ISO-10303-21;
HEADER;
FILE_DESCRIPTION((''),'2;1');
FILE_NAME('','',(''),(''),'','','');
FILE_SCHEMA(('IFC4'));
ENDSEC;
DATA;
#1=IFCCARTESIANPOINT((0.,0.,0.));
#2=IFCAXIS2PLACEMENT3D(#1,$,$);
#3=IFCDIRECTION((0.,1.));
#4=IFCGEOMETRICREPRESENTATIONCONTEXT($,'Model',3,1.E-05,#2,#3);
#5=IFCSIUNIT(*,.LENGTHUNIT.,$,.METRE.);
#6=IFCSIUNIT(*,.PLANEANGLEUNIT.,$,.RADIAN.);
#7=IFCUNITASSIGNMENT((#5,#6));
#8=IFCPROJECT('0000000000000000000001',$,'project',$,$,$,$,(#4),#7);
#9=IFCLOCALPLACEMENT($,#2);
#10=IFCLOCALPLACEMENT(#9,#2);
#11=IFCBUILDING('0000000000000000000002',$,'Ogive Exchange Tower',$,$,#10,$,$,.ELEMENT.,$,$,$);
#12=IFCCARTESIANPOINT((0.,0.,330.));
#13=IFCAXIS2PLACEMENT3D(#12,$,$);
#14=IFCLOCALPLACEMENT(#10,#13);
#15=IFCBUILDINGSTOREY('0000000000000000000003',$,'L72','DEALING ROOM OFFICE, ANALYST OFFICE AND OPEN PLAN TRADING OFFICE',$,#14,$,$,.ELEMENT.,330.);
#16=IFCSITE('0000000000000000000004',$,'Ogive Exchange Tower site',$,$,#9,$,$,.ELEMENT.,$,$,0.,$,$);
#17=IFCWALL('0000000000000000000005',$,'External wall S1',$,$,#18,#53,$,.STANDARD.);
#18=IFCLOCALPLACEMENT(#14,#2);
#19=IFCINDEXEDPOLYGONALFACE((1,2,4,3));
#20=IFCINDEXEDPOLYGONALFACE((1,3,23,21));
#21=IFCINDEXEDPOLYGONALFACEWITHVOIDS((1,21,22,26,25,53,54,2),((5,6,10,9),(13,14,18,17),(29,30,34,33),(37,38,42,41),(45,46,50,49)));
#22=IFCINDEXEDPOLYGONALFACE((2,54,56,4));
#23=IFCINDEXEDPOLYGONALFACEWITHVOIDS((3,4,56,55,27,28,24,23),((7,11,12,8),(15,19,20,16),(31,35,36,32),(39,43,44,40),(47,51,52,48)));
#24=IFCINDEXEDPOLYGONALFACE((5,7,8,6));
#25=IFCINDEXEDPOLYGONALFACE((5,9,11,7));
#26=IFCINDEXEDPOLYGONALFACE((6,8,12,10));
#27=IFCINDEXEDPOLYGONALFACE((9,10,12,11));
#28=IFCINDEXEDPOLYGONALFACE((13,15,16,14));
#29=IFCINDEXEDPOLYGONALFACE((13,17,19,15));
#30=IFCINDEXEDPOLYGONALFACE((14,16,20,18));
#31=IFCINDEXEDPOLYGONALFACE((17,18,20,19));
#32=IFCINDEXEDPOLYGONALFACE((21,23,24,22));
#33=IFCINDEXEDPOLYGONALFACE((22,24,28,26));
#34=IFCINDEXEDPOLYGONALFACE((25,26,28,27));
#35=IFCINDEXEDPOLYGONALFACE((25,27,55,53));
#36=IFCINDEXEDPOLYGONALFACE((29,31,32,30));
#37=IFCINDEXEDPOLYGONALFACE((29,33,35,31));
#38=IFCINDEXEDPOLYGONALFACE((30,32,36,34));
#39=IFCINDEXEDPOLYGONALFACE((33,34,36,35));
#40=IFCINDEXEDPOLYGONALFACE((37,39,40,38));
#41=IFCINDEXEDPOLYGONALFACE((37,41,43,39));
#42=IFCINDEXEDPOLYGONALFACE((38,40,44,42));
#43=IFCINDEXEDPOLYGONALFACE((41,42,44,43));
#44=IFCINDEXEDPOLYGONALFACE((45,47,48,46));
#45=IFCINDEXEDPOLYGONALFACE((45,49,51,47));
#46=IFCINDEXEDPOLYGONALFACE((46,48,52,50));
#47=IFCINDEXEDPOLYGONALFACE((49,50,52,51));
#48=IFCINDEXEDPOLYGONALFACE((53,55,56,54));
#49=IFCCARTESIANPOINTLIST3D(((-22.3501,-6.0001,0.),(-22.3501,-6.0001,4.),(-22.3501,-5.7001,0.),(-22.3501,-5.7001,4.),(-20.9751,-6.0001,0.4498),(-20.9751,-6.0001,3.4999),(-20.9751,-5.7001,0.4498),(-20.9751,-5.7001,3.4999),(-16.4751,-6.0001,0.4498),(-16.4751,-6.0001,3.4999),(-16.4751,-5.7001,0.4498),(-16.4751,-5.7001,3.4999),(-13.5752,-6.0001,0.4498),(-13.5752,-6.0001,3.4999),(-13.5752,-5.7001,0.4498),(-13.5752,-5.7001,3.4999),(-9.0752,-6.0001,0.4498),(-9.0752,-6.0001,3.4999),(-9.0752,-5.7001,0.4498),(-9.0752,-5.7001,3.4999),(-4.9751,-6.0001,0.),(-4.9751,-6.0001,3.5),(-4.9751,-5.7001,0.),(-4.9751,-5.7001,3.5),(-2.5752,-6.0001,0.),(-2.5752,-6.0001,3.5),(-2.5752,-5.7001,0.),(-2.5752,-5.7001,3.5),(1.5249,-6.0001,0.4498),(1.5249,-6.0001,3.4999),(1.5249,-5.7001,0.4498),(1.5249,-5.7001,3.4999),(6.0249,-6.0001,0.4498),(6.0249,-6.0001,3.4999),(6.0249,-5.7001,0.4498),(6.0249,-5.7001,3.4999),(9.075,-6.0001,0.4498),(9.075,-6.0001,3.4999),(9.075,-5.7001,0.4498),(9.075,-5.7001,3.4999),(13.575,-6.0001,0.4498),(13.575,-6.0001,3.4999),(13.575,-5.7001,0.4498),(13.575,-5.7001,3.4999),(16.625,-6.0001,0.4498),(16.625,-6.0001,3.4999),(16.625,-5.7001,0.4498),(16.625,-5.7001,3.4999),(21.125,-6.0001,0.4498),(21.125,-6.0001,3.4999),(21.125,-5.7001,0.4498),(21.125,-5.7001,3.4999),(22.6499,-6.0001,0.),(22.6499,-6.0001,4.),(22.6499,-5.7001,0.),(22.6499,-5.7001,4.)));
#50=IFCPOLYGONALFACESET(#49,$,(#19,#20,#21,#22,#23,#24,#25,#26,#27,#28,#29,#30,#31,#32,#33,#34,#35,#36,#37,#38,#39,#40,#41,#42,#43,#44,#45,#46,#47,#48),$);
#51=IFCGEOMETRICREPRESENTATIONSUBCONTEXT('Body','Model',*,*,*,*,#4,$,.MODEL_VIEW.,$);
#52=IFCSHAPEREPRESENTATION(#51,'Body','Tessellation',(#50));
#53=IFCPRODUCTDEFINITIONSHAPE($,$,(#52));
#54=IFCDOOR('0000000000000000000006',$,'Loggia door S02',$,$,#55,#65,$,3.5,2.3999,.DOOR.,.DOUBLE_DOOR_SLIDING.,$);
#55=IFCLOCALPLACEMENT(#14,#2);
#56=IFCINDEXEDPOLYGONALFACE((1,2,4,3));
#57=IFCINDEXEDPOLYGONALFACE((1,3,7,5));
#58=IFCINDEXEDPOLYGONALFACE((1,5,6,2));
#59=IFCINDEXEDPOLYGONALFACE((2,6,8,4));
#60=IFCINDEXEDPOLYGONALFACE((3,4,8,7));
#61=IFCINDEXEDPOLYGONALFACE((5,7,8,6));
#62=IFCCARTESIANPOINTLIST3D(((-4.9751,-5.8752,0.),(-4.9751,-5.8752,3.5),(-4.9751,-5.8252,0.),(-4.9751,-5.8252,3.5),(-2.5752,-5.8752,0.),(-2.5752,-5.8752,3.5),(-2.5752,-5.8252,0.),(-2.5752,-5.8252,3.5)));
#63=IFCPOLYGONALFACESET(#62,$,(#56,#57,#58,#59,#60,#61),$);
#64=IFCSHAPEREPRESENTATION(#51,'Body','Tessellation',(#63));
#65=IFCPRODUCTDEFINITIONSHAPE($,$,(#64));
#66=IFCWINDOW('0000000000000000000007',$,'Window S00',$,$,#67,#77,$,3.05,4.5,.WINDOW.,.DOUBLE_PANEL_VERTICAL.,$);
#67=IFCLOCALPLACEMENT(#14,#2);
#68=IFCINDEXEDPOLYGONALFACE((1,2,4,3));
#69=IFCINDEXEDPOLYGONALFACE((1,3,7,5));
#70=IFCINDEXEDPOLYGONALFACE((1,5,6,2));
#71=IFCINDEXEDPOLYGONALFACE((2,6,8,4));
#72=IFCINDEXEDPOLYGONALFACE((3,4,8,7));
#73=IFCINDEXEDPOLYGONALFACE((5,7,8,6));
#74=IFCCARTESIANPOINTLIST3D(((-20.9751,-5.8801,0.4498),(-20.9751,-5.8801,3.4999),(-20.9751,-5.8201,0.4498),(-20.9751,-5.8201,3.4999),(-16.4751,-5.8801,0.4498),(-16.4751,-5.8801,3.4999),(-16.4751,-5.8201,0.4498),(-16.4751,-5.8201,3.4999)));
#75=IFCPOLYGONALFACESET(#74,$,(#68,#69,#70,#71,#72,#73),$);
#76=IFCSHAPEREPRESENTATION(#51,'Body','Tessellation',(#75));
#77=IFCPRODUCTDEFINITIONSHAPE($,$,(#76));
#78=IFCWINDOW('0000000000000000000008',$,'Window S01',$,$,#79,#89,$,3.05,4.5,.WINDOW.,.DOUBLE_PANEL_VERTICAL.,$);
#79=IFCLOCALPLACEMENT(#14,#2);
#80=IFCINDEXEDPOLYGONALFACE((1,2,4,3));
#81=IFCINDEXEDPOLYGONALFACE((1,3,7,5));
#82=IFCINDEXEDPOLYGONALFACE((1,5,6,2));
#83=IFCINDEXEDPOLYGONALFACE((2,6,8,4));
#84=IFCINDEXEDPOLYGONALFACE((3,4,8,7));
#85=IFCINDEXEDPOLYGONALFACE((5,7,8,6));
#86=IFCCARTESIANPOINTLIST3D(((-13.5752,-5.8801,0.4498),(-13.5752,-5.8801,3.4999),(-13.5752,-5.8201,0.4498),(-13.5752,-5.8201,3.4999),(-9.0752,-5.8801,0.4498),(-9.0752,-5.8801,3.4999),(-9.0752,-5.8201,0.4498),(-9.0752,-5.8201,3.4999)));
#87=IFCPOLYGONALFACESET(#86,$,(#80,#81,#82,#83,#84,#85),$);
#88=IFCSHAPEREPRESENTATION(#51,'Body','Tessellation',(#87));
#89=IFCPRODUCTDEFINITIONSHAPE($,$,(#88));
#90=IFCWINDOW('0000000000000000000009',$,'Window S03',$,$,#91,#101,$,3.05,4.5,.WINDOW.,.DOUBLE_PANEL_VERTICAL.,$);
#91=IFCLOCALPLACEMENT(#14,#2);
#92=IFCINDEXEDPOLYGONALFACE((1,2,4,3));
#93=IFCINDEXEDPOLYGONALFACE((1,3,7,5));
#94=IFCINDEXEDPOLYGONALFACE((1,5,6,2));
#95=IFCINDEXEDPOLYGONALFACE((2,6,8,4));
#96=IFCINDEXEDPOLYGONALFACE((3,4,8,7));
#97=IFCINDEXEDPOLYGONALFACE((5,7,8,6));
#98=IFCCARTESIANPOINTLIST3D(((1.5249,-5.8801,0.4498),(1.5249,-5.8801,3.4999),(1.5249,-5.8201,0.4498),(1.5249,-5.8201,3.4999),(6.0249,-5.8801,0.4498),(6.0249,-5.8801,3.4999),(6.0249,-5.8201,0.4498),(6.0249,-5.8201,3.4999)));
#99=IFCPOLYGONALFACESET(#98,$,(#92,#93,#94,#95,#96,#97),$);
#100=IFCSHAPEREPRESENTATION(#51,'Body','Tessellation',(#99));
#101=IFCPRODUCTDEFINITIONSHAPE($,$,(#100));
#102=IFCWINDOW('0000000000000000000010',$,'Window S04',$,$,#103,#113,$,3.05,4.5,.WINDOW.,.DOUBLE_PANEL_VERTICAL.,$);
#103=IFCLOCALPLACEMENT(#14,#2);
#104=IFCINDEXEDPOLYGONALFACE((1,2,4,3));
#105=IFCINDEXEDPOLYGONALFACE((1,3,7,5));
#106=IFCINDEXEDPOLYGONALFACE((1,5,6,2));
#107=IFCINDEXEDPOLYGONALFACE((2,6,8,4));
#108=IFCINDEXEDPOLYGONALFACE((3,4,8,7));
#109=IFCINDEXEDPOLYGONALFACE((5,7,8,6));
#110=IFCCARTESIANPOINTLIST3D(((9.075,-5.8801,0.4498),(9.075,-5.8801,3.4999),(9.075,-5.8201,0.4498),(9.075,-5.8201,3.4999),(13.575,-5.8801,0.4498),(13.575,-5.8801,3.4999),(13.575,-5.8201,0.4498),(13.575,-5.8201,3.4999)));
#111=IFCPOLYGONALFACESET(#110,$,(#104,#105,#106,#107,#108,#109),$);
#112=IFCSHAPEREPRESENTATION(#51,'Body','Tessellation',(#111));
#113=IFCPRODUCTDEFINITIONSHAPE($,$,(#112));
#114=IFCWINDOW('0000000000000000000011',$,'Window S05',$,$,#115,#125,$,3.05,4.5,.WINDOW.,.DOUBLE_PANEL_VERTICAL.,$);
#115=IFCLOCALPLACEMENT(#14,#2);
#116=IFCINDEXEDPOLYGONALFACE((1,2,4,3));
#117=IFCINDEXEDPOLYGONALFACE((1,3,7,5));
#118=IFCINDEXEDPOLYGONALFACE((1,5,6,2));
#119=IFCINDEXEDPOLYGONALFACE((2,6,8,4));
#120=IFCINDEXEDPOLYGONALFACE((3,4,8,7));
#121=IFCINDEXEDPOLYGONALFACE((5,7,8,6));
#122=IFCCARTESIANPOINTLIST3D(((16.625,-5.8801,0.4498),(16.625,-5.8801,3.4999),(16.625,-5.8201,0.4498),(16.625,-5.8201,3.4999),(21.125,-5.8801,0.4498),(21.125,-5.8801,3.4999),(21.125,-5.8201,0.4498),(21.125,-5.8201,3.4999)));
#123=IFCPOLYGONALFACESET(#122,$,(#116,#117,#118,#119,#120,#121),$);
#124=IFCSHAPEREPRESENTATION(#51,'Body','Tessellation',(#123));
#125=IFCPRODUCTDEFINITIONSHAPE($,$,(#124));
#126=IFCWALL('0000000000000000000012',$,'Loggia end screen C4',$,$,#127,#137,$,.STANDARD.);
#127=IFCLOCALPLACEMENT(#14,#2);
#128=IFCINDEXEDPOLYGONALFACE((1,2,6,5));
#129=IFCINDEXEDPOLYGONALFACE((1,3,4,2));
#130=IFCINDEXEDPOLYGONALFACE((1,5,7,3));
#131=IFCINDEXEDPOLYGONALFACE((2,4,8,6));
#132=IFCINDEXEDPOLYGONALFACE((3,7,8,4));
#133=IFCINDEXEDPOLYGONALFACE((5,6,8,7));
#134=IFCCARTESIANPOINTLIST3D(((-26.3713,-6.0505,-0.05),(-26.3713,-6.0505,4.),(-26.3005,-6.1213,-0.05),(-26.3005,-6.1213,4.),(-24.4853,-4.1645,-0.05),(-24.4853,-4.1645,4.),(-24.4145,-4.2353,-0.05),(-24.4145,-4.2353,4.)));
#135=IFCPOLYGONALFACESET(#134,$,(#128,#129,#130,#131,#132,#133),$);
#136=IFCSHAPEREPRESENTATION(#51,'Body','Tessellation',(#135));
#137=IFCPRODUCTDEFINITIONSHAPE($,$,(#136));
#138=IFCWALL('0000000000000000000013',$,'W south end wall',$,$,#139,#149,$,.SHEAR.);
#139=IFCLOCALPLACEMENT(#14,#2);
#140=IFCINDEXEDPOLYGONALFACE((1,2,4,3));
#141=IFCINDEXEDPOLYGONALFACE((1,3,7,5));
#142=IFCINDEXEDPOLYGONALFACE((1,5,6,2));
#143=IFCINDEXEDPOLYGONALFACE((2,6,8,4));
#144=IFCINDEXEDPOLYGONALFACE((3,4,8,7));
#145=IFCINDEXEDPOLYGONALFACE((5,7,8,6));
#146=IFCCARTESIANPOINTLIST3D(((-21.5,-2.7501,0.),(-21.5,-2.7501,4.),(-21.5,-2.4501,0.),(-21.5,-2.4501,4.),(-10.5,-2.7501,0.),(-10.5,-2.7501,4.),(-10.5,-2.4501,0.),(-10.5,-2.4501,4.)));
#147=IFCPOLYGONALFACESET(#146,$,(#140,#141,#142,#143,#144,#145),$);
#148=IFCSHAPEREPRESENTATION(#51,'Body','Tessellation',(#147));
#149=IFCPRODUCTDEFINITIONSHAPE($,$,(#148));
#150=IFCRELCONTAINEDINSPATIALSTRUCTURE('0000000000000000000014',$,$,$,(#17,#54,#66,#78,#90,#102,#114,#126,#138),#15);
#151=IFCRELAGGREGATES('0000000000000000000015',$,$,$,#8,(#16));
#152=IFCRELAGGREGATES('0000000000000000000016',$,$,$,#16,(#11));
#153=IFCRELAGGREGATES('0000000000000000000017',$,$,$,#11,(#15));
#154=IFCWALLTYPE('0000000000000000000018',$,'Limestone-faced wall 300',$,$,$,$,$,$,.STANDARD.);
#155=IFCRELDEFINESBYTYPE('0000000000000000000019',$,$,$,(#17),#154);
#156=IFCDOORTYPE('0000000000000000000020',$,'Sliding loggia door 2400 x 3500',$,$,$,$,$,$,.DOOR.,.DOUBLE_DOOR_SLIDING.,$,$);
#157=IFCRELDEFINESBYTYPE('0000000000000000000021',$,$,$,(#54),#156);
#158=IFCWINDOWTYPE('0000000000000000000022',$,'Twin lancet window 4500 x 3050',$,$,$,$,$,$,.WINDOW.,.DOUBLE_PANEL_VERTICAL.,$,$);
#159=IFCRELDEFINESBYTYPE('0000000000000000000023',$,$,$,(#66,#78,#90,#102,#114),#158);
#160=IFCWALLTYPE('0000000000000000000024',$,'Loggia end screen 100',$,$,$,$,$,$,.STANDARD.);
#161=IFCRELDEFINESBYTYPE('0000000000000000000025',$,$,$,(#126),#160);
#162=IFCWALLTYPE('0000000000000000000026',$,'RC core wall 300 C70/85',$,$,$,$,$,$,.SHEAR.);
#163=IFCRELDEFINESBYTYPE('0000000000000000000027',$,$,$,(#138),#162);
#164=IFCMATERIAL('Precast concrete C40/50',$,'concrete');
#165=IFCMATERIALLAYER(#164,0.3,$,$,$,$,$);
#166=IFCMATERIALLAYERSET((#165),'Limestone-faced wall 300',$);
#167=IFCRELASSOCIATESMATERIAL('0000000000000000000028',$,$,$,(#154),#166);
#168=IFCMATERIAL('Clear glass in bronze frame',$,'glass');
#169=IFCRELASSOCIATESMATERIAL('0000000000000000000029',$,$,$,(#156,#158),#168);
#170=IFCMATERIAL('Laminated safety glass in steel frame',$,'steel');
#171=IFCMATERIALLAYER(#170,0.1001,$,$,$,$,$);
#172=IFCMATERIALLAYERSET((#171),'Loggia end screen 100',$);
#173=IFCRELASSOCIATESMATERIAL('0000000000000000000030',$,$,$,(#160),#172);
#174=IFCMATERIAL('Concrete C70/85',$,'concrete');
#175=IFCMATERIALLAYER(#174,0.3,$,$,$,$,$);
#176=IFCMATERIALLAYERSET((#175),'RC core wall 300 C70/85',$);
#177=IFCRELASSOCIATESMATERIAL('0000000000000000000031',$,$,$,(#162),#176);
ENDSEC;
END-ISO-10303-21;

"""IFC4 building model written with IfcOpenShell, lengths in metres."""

from ifc_helpers import new_model, si_unit, direction, frame, frame_2d, origin, place, context, subcontext, project, spatial, rectangle, extrude, material, layer, layer_set, type_object, element, fill, save


model = new_model("IFC4")

# Units and contexts
model_context = context("Model", 3, precision=1e-05, world=origin(), true_north=direction((0.0, 1.0)))
body_context = subcontext(model_context, "Body", "Model", "MODEL_VIEW")
ifc_project = project(units=[si_unit("LENGTHUNIT", "METRE"), si_unit("PLANEANGLEUNIT", "RADIAN")], contexts=[model_context])

# Site, building, storey
site_placement = place(None, origin())
site = spatial("IfcSite", under=ifc_project, at=site_placement, Name="Ogive Exchange Tower site", CompositionType="ELEMENT", RefElevation=0.0)
building_placement = place(site_placement, origin())
building = spatial("IfcBuilding", under=site, at=building_placement, Name="Ogive Exchange Tower", CompositionType="ELEMENT")
storey_placement = place(building_placement, frame((0.0, 0.0, 330.0)))
storey = spatial("IfcBuildingStorey", under=building, at=storey_placement, Name="L72", Description="DEALING ROOM OFFICE, ANALYST OFFICE AND OPEN PLAN TRADING OFFICE", CompositionType="ELEMENT", Elevation=330.0)

# Wall, openings, door, windows
ifc_material_1 = material(Name="Precast concrete C40/50", Category="concrete")
ifc_layer_1 = layer(ifc_material_1, 0.3)
ifc_layer_set_1 = layer_set([ifc_layer_1], Name="Limestone-faced wall 300")
wall_type_1 = type_object("IfcWallType", Name="Limestone-faced wall 300", PredefinedType="STANDARD", material=ifc_layer_set_1)
wall_1_placement = place(storey_placement, frame((-22.3501, -5.8501, 0.0), z_axis=(0.0, 0.0, 1.0), x_axis=(1.0, 0.0, 0.0)))
wall_1 = element("IfcWall", 1, at=wall_1_placement, inside=storey, type_object=wall_type_1, Name="External wall S1", PredefinedType="STANDARD", context=body_context, shape_type="SweptSolid", body=[
    extrude(rectangle(XDim=45.0, YDim=0.3, at=frame_2d((22.5, 0.0))), origin(), (0.0, 0.0, 1.0), 4.0),
])
opening_1_placement = place(wall_1_placement, frame((1.375, 0.0, 0.45)))
opening_1 = element("IfcOpeningElement", 2, at=opening_1_placement, cuts=wall_1, PredefinedType="OPENING", context=body_context, shape_type="SweptSolid", body=[
    extrude(rectangle(XDim=4.5, YDim=3.05, at=frame_2d((2.25, 1.5249))), frame((0.0, 0.1599, 0.0), z_axis=(0.0, -1.0, 0.0), x_axis=(1.0, 0.0, 0.0)), (0.0, 0.0, 1.0), 0.3201),
])
opening_2_placement = place(wall_1_placement, frame((8.7749, 0.0, 0.45)))
opening_2 = element("IfcOpeningElement", 3, at=opening_2_placement, cuts=wall_1, PredefinedType="OPENING", context=body_context, shape_type="SweptSolid", body=[
    extrude(rectangle(XDim=4.5, YDim=3.05, at=frame_2d((2.25, 1.5249))), frame((0.0, 0.1599, 0.0), z_axis=(0.0, -1.0, 0.0), x_axis=(1.0, 0.0, 0.0)), (0.0, 0.0, 1.0), 0.3201),
])
opening_3_placement = place(wall_1_placement, frame((17.375, 0.0, 0.0)))
opening_3 = element("IfcOpeningElement", 4, at=opening_3_placement, cuts=wall_1, PredefinedType="OPENING", context=body_context, shape_type="SweptSolid", body=[
    extrude(rectangle(XDim=2.3999, YDim=3.5, at=frame_2d((1.2, 1.75))), frame((0.0, 0.1599, 0.0), z_axis=(0.0, -1.0, 0.0), x_axis=(1.0, 0.0, 0.0)), (0.0, 0.0, 1.0), 0.3201),
])
opening_4_placement = place(wall_1_placement, frame((23.875, 0.0, 0.45)))
opening_4 = element("IfcOpeningElement", 5, at=opening_4_placement, cuts=wall_1, PredefinedType="OPENING", context=body_context, shape_type="SweptSolid", body=[
    extrude(rectangle(XDim=4.5, YDim=3.05, at=frame_2d((2.25, 1.5249))), frame((0.0, 0.1599, 0.0), z_axis=(0.0, -1.0, 0.0), x_axis=(1.0, 0.0, 0.0)), (0.0, 0.0, 1.0), 0.3201),
])
opening_5_placement = place(wall_1_placement, frame((31.425, 0.0, 0.45)))
opening_5 = element("IfcOpeningElement", 6, at=opening_5_placement, cuts=wall_1, PredefinedType="OPENING", context=body_context, shape_type="SweptSolid", body=[
    extrude(rectangle(XDim=4.5, YDim=3.05, at=frame_2d((2.25, 1.5249))), frame((0.0, 0.1599, 0.0), z_axis=(0.0, -1.0, 0.0), x_axis=(1.0, 0.0, 0.0)), (0.0, 0.0, 1.0), 0.3201),
])
opening_6_placement = place(wall_1_placement, frame((38.9751, 0.0, 0.45)))
opening_6 = element("IfcOpeningElement", 7, at=opening_6_placement, cuts=wall_1, PredefinedType="OPENING", context=body_context, shape_type="SweptSolid", body=[
    extrude(rectangle(XDim=4.5, YDim=3.05, at=frame_2d((2.25, 1.5249))), frame((0.0, 0.1599, 0.0), z_axis=(0.0, -1.0, 0.0), x_axis=(1.0, 0.0, 0.0)), (0.0, 0.0, 1.0), 0.3201),
])
ifc_material_2 = material(Name="Clear glass in bronze frame", Category="glass")
door_type_1 = type_object("IfcDoorType", Name="Sliding loggia door 2400 x 3500", OperationType="DOUBLE_DOOR_SLIDING", PredefinedType="DOOR", material=ifc_material_2)
door_1_placement = place(opening_3_placement, origin())
door_1 = element("IfcDoor", 8, at=door_1_placement, inside=storey, type_object=door_type_1, Name="Loggia door S02", OperationType="DOUBLE_DOOR_SLIDING", OverallHeight=3.5, OverallWidth=2.3999, PredefinedType="DOOR", context=body_context, shape_type="SweptSolid", body=[
    extrude(rectangle(XDim=2.3999, YDim=3.5, at=frame_2d((1.2, 1.75))), frame((0.0, 0.0249, 0.0), z_axis=(0.0, -1.0, 0.0), x_axis=(1.0, 0.0, 0.0)), (0.0, 0.0, 1.0), 0.05),
])
fill(opening_3, door_1)
window_type = type_object("IfcWindowType", Name="Twin lancet window 4500 x 3050", PartitioningType="DOUBLE_PANEL_VERTICAL", PredefinedType="WINDOW", material=ifc_material_2)
window_1_placement = place(opening_1_placement, origin())
window_1 = element("IfcWindow", 9, at=window_1_placement, inside=storey, type_object=window_type, Name="Window S00", OverallHeight=3.05, OverallWidth=4.5, PartitioningType="DOUBLE_PANEL_VERTICAL", PredefinedType="WINDOW", context=body_context, shape_type="SweptSolid", body=[
    extrude(rectangle(XDim=4.5, YDim=3.05, at=frame_2d((2.25, 1.5249))), frame((0.0, 0.03, 0.0), z_axis=(0.0, -1.0, 0.0), x_axis=(1.0, 0.0, 0.0)), (0.0, 0.0, 1.0), 0.0601),
])
fill(opening_1, window_1)
window_2_placement = place(opening_2_placement, origin())
window_2 = element("IfcWindow", 10, at=window_2_placement, inside=storey, type_object=window_type, Name="Window S01", OverallHeight=3.05, OverallWidth=4.5, PartitioningType="DOUBLE_PANEL_VERTICAL", PredefinedType="WINDOW", context=body_context, shape_type="SweptSolid", body=[
    extrude(rectangle(XDim=4.5, YDim=3.05, at=frame_2d((2.25, 1.5249))), frame((0.0, 0.03, 0.0), z_axis=(0.0, -1.0, 0.0), x_axis=(1.0, 0.0, 0.0)), (0.0, 0.0, 1.0), 0.0601),
])
fill(opening_2, window_2)
window_3_placement = place(opening_4_placement, origin())
window_3 = element("IfcWindow", 11, at=window_3_placement, inside=storey, type_object=window_type, Name="Window S03", OverallHeight=3.05, OverallWidth=4.5, PartitioningType="DOUBLE_PANEL_VERTICAL", PredefinedType="WINDOW", context=body_context, shape_type="SweptSolid", body=[
    extrude(rectangle(XDim=4.5, YDim=3.05, at=frame_2d((2.25, 1.5249))), frame((0.0, 0.03, 0.0), z_axis=(0.0, -1.0, 0.0), x_axis=(1.0, 0.0, 0.0)), (0.0, 0.0, 1.0), 0.0601),
])
fill(opening_4, window_3)
window_4_placement = place(opening_5_placement, origin())
window_4 = element("IfcWindow", 12, at=window_4_placement, inside=storey, type_object=window_type, Name="Window S04", OverallHeight=3.05, OverallWidth=4.5, PartitioningType="DOUBLE_PANEL_VERTICAL", PredefinedType="WINDOW", context=body_context, shape_type="SweptSolid", body=[
    extrude(rectangle(XDim=4.5, YDim=3.05, at=frame_2d((2.25, 1.5249))), frame((0.0, 0.03, 0.0), z_axis=(0.0, -1.0, 0.0), x_axis=(1.0, 0.0, 0.0)), (0.0, 0.0, 1.0), 0.0601),
])
fill(opening_5, window_4)
window_5_placement = place(opening_6_placement, origin())
window_5 = element("IfcWindow", 13, at=window_5_placement, inside=storey, type_object=window_type, Name="Window S05", OverallHeight=3.05, OverallWidth=4.5, PartitioningType="DOUBLE_PANEL_VERTICAL", PredefinedType="WINDOW", context=body_context, shape_type="SweptSolid", body=[
    extrude(rectangle(XDim=4.5, YDim=3.05, at=frame_2d((2.25, 1.5249))), frame((0.0, 0.03, 0.0), z_axis=(0.0, -1.0, 0.0), x_axis=(1.0, 0.0, 0.0)), (0.0, 0.0, 1.0), 0.0601),
])
fill(opening_6, window_5)

# Walls
ifc_material_3 = material(Name="Laminated safety glass in steel frame", Category="steel")
ifc_layer_2 = layer(ifc_material_3, 0.1001)
ifc_layer_set_2 = layer_set([ifc_layer_2], Name="Loggia end screen 100")
wall_type_2 = type_object("IfcWallType", Name="Loggia end screen 100", PredefinedType="STANDARD", material=ifc_layer_set_2)
wall_2_placement = place(storey_placement, frame((-24.45, -4.2, -0.05), z_axis=(0.0, 0.0, 1.0), x_axis=(-0.707107, -0.707107, 0.0)))
element("IfcWall", 14, at=wall_2_placement, inside=storey, type_object=wall_type_2, Name="Loggia end screen C4", PredefinedType="STANDARD", context=body_context, shape_type="SweptSolid", body=[
    extrude(rectangle(XDim=2.6672, YDim=0.1001, at=frame_2d((1.3335, 0.0))), origin(), (0.0, 0.0, 1.0), 4.05),
])
ifc_material_4 = material(Name="Concrete C70/85", Category="concrete")
ifc_layer_3 = layer(ifc_material_4, 0.3)
ifc_layer_set_3 = layer_set([ifc_layer_3], Name="RC core wall 300 C70/85")
wall_type_3 = type_object("IfcWallType", Name="RC core wall 300 C70/85", PredefinedType="SHEAR", material=ifc_layer_set_3)
wall_3_placement = place(storey_placement, frame((-21.5, -2.6001, 0.0), z_axis=(0.0, 0.0, 1.0), x_axis=(1.0, 0.0, 0.0)))
element("IfcWall", 15, at=wall_3_placement, inside=storey, type_object=wall_type_3, Name="W south end wall", PredefinedType="SHEAR", context=body_context, shape_type="SweptSolid", body=[
    extrude(rectangle(XDim=11.0, YDim=0.3, at=frame_2d((5.5, 0.0))), origin(), (0.0, 0.0, 1.0), 4.0),
])

save(model, "model.ifc")
